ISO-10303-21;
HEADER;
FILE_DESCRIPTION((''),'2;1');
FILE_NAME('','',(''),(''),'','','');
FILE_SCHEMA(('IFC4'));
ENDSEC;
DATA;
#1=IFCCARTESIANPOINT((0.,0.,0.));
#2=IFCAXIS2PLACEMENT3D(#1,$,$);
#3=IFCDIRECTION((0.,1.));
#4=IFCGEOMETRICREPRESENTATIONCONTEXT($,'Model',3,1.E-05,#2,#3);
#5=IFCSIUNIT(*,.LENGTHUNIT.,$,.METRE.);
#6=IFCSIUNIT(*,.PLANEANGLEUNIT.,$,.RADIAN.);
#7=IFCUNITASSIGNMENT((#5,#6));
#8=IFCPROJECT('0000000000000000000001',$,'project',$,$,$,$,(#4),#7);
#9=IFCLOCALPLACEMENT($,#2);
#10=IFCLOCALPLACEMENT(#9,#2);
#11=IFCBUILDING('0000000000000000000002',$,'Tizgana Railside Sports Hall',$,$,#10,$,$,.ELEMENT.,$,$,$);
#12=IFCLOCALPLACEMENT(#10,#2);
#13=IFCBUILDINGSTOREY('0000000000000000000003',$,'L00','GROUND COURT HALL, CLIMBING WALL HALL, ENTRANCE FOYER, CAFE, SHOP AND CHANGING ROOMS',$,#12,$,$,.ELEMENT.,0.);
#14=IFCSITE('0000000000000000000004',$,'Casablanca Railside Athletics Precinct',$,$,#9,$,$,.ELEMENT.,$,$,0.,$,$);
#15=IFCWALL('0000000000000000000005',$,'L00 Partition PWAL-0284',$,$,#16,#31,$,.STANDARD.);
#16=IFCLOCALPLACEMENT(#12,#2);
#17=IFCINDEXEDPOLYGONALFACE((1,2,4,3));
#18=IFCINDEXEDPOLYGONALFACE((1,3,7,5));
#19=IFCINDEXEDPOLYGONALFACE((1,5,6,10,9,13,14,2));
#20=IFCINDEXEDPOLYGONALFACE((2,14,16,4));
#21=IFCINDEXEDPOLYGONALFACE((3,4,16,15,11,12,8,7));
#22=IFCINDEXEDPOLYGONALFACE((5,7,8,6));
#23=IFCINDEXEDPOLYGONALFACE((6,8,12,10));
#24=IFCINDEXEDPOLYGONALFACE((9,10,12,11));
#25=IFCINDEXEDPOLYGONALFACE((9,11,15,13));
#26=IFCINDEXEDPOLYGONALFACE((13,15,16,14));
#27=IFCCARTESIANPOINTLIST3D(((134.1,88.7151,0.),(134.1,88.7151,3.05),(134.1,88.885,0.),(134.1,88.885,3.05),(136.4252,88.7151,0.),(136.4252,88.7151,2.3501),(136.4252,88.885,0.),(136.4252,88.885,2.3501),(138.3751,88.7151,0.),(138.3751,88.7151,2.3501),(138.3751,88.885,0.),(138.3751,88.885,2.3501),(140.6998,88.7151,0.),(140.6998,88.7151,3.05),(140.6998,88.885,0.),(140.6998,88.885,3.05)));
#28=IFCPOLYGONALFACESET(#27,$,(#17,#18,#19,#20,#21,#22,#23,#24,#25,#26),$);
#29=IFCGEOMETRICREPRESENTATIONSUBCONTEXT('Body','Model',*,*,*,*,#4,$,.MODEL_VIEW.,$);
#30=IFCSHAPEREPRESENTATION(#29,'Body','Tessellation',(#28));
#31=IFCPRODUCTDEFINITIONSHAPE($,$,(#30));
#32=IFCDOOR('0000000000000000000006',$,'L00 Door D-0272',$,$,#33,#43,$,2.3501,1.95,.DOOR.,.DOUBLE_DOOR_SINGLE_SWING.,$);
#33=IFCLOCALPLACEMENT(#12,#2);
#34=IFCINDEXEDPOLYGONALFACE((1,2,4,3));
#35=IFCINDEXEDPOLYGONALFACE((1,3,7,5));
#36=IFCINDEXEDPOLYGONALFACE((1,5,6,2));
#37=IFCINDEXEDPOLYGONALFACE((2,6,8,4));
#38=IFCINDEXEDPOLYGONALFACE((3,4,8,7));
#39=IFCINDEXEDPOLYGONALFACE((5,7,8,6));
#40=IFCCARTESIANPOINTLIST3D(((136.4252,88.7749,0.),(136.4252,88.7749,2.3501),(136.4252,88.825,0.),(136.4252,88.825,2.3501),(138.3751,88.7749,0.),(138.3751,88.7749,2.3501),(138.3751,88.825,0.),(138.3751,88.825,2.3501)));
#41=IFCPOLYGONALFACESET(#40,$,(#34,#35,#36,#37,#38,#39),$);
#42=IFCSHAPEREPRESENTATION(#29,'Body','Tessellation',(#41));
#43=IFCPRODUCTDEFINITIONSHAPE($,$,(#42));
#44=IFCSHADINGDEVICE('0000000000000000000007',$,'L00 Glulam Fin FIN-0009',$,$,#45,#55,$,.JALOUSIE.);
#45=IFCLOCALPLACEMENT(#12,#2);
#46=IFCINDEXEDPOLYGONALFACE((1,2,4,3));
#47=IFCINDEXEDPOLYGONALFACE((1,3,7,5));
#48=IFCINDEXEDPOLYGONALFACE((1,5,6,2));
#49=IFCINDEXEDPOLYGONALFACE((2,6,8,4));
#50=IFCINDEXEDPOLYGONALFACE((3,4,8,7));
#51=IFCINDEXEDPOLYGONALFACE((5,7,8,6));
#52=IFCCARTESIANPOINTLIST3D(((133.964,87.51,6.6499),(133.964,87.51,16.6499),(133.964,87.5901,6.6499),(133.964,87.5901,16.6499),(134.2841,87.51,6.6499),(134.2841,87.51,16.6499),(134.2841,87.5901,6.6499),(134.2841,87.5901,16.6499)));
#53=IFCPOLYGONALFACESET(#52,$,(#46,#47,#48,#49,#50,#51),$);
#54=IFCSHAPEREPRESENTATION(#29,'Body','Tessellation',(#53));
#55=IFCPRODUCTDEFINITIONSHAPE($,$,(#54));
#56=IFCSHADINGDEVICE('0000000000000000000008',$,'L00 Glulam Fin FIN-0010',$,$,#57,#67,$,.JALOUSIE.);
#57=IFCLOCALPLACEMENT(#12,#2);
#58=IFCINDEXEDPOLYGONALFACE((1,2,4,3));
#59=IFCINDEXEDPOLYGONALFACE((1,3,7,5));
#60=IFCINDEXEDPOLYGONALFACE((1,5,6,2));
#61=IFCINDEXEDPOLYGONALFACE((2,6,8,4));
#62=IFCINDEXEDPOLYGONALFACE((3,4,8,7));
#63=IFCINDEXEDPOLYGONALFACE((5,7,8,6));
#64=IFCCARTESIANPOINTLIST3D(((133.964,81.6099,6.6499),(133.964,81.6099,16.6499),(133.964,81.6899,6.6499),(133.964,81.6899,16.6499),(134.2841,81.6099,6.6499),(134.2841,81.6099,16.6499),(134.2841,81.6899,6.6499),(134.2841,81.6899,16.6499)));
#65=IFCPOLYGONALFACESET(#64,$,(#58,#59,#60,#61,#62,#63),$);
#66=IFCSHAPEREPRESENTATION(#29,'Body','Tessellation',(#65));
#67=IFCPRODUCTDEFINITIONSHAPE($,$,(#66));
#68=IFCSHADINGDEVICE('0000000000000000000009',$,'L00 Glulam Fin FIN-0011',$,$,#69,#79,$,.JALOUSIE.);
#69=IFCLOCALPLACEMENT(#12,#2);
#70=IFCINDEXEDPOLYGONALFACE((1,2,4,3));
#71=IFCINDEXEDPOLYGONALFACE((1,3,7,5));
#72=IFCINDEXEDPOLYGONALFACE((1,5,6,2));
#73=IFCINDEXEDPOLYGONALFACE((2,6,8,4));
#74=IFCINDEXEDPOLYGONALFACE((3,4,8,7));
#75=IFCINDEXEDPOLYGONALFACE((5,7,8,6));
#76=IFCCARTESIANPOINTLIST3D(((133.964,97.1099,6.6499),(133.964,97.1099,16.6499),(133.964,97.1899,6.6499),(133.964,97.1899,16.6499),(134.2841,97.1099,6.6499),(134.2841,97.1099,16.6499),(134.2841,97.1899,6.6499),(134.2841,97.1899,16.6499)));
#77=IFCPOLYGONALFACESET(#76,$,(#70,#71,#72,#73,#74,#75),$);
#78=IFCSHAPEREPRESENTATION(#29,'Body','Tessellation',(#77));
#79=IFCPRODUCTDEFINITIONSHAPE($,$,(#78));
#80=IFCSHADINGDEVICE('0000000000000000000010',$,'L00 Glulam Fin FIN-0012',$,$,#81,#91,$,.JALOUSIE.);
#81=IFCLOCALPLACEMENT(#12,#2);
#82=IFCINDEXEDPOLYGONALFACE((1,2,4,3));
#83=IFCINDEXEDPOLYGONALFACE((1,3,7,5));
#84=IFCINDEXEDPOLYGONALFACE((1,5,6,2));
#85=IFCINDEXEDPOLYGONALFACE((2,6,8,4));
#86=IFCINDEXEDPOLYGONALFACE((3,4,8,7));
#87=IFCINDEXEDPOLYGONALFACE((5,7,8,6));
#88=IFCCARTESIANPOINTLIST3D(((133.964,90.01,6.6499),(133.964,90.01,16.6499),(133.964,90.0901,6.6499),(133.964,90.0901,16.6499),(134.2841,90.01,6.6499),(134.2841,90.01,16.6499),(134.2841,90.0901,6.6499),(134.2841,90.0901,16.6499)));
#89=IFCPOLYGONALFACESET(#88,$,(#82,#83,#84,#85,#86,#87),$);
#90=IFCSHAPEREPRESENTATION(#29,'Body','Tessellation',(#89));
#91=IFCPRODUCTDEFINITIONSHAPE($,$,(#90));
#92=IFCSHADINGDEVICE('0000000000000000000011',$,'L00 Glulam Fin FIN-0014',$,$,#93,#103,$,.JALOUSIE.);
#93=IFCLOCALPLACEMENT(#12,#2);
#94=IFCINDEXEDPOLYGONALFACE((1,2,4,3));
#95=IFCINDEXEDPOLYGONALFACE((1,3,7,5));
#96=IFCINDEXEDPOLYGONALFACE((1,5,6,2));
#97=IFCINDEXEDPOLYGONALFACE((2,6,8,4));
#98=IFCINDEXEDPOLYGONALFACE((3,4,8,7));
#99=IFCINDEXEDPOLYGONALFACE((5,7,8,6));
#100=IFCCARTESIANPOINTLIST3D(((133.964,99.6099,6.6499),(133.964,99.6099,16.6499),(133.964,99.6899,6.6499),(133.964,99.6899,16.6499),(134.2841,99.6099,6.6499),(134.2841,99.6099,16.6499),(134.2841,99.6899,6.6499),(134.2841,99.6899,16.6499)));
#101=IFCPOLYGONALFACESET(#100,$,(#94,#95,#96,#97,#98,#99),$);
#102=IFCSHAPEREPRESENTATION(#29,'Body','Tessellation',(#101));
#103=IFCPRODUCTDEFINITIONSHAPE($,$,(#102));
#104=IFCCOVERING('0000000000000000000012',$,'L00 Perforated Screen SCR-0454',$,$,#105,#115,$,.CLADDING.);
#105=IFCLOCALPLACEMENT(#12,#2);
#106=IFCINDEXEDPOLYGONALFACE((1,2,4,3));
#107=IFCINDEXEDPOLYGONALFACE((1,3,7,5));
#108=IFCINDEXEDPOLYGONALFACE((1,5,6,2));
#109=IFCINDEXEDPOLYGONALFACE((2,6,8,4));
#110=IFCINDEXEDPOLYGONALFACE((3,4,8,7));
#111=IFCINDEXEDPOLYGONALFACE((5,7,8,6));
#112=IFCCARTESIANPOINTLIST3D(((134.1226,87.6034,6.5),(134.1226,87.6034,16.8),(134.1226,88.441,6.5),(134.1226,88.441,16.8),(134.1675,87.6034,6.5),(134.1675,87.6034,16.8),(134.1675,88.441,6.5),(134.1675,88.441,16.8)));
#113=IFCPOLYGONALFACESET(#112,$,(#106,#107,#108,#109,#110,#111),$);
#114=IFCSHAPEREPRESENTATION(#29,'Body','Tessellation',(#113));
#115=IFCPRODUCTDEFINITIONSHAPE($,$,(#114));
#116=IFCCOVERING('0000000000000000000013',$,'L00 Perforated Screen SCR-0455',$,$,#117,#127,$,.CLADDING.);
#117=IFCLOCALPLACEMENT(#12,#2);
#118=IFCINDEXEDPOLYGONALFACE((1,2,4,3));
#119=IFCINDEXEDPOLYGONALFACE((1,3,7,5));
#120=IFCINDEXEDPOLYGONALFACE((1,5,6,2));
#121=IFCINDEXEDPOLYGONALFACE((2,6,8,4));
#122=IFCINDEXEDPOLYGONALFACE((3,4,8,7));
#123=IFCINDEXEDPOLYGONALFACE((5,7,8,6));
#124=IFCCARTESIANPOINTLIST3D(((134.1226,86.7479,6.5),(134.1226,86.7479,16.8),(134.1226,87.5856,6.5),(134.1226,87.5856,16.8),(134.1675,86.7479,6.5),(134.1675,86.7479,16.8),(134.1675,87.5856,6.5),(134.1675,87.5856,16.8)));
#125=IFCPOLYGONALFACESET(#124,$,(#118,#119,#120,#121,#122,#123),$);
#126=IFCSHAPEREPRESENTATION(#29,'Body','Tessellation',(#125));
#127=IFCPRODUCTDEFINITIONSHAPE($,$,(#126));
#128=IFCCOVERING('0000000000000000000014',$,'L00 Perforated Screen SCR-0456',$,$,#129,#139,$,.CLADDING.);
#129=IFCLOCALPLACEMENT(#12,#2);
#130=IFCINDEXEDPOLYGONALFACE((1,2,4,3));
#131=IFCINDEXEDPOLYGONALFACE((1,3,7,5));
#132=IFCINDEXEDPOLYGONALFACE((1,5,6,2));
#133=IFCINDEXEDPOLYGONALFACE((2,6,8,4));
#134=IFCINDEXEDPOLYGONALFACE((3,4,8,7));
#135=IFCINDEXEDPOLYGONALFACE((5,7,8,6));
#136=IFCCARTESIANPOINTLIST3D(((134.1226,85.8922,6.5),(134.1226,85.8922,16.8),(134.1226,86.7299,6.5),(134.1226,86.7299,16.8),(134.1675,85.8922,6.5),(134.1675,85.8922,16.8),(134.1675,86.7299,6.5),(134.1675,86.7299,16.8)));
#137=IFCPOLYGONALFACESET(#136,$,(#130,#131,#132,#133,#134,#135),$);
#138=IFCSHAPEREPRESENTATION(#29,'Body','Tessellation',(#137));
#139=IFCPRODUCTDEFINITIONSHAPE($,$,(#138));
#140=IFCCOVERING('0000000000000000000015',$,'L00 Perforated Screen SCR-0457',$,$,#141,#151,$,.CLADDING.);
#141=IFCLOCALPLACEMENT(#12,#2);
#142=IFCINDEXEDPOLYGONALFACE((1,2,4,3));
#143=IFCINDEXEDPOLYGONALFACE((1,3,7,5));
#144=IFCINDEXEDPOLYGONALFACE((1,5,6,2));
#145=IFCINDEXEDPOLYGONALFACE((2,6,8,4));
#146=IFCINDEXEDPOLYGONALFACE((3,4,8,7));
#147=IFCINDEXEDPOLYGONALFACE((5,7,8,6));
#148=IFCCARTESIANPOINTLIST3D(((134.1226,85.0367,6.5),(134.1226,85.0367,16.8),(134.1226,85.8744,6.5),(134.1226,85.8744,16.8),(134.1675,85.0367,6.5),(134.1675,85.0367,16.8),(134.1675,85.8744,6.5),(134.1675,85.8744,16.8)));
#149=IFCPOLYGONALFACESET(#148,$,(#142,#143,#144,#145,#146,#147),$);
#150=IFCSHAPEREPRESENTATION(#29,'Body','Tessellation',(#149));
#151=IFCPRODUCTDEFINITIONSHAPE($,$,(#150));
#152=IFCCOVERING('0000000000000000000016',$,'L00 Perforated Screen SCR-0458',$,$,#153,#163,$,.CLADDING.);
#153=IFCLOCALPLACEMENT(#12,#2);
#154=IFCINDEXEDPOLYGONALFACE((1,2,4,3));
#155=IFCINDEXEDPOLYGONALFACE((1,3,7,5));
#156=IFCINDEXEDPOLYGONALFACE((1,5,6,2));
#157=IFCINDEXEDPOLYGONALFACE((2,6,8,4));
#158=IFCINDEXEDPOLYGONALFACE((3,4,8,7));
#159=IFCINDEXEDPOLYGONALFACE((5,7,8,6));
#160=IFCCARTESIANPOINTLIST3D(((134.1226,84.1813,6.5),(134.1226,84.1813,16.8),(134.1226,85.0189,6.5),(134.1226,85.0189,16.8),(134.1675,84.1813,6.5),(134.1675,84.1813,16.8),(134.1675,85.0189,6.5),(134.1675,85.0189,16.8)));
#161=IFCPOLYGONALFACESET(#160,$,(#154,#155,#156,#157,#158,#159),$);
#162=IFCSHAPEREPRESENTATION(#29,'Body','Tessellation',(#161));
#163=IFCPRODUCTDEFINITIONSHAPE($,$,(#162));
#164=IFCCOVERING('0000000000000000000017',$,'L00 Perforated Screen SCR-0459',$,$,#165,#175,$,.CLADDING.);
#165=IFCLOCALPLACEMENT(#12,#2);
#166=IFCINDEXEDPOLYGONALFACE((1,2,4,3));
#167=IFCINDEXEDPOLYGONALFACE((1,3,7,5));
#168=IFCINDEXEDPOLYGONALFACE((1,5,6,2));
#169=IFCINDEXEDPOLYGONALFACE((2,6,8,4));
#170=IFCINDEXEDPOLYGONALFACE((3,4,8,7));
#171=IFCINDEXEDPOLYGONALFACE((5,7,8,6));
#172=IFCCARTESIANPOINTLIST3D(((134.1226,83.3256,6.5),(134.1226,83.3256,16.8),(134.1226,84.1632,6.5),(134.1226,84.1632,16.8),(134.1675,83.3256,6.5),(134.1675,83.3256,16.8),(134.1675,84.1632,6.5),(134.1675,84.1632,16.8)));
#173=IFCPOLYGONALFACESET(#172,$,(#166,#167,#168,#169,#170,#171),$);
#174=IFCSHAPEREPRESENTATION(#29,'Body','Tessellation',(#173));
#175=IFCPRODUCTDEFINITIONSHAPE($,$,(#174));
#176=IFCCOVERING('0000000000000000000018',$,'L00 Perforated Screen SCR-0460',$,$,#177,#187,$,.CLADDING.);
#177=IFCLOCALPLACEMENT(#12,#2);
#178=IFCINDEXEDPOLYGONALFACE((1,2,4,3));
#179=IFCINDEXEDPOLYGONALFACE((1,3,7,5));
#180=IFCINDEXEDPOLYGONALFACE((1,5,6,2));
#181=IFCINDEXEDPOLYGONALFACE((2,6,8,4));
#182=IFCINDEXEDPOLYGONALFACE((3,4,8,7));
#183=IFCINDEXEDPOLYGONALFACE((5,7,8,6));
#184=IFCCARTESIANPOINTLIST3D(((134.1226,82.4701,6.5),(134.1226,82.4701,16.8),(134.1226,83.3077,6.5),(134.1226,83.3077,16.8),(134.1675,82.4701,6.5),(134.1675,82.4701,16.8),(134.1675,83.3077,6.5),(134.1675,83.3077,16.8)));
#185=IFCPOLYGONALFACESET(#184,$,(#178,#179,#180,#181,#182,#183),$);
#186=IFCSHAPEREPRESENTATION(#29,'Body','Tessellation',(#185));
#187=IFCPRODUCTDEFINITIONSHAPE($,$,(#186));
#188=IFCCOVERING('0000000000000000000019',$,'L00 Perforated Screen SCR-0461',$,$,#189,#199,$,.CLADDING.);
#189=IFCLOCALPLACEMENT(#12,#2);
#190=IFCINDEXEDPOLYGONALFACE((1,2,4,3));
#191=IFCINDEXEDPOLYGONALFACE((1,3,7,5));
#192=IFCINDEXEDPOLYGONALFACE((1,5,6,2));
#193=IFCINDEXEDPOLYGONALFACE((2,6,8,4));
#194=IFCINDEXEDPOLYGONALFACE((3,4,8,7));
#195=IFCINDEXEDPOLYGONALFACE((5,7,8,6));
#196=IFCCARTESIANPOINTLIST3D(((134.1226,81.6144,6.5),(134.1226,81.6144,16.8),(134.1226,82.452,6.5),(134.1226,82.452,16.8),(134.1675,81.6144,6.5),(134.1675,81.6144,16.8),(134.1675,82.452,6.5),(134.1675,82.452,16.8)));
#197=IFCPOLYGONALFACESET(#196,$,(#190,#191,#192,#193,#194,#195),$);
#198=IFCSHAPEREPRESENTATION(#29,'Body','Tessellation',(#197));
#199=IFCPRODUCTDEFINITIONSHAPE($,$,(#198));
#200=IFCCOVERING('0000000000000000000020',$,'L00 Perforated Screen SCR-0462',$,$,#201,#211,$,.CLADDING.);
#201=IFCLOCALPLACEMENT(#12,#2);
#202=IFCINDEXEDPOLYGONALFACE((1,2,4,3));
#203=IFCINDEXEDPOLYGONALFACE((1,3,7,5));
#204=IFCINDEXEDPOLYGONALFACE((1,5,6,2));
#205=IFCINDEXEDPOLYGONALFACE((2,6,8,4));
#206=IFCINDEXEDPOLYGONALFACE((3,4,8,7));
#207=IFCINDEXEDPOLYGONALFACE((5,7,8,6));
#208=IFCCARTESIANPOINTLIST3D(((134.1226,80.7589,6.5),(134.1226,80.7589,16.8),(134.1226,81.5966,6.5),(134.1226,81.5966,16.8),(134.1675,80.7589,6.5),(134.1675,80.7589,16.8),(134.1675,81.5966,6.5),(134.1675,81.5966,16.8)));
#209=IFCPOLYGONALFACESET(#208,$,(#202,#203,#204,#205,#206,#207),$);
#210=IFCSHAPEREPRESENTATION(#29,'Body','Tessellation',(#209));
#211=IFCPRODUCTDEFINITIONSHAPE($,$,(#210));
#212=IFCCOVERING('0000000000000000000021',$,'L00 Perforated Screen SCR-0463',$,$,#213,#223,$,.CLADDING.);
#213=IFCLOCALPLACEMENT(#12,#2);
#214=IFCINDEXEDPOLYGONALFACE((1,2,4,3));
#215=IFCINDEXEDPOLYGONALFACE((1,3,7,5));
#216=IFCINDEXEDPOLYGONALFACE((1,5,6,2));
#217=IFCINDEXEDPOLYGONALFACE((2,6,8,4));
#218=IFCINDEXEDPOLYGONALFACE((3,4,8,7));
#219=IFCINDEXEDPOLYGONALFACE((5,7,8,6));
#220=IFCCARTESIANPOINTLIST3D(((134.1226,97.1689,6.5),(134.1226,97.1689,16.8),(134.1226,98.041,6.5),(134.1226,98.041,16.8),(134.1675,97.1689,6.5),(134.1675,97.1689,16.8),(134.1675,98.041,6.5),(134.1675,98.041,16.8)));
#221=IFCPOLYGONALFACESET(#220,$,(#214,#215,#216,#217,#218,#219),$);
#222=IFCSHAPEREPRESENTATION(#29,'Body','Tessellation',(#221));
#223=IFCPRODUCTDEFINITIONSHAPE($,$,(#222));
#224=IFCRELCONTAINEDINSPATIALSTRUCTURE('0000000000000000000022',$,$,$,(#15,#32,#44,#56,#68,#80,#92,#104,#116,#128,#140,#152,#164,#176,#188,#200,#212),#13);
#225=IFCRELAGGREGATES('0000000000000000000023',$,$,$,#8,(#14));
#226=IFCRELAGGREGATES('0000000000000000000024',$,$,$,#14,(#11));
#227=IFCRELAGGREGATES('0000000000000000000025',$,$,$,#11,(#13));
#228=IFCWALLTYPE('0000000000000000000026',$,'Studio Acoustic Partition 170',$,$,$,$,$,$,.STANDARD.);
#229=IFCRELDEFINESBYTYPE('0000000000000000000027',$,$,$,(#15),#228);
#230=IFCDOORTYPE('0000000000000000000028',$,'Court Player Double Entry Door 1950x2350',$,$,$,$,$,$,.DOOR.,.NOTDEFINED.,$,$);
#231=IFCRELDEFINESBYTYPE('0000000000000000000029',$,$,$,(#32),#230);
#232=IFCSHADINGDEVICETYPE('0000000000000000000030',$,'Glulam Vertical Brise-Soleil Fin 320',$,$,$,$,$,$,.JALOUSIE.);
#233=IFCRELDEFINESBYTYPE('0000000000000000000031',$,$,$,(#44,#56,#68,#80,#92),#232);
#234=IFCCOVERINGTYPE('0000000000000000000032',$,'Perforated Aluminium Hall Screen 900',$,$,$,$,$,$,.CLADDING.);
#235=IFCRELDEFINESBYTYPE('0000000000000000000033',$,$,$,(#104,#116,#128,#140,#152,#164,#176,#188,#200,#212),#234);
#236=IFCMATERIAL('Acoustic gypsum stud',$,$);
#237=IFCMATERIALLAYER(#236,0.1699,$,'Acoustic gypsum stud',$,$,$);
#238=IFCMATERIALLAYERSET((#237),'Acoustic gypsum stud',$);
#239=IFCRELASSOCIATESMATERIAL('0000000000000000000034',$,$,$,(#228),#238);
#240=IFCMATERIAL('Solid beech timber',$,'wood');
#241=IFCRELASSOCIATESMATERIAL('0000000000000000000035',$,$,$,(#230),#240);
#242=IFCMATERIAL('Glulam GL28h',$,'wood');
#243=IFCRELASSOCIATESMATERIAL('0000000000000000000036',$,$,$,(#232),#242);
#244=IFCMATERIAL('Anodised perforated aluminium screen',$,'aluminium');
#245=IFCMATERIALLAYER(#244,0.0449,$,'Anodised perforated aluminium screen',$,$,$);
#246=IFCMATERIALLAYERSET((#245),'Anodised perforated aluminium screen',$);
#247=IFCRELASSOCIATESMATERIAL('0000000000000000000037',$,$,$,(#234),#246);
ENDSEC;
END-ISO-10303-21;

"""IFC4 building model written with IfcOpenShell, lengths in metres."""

from ifc_helpers import new_model, si_unit, direction, frame, frame_2d, origin, origin_2d, place, context, subcontext, project, spatial, rectangle, extrude, material, layer, layer_set, type_object, element, fill, save


model = new_model("IFC4")

# Units and contexts
model_context = context("Model", 3, precision=1e-05, world=origin(), true_north=direction((0.0, 1.0)))
body_context = subcontext(model_context, "Body", "Model", "MODEL_VIEW")
ifc_project = project(units=[si_unit("LENGTHUNIT", "METRE"), si_unit("PLANEANGLEUNIT", "RADIAN")], contexts=[model_context])

# Site, building, storey
site_placement = place(None, origin())
site = spatial("IfcSite", under=ifc_project, at=site_placement, Name="Casablanca Railside Athletics Precinct", CompositionType="ELEMENT", RefElevation=0.0)
building_placement = place(site_placement, origin())
building = spatial("IfcBuilding", under=site, at=building_placement, Name="Tizgana Railside Sports Hall", CompositionType="ELEMENT")
storey_placement = place(building_placement, origin())
storey = spatial("IfcBuildingStorey", under=building, at=storey_placement, Name="L00", Description="GROUND COURT HALL, CLIMBING WALL HALL, ENTRANCE FOYER, CAFE, SHOP AND CHANGING ROOMS", CompositionType="ELEMENT", Elevation=0.0)

# Wall, opening, door
ifc_material_1 = material(Name="Acoustic gypsum stud")
ifc_layer_1 = layer(ifc_material_1, 0.1699, Name="Acoustic gypsum stud")
ifc_layer_set_1 = layer_set([ifc_layer_1], Name="Acoustic gypsum stud")
wall_type = type_object("IfcWallType", Name="Studio Acoustic Partition 170", PredefinedType="STANDARD", material=ifc_layer_set_1)
wall_placement = place(storey_placement, frame((134.1001, 88.8, 0.0), z_axis=(0.0, 0.0, 1.0), x_axis=(1.0, 0.0, 0.0)))
wall = element("IfcWall", 1, at=wall_placement, inside=storey, type_object=wall_type, Name="L00 Partition PWAL-0284", PredefinedType="STANDARD", context=body_context, shape_type="SweptSolid", body=[
    extrude(rectangle(XDim=6.5999, YDim=0.1699, at=frame_2d((3.2998, 0.0))), origin(), (0.0, 0.0, 1.0), 3.05),
])
opening_placement = place(wall_placement, frame((2.325, 0.0, 0.0)))
opening = element("IfcOpeningElement", 2, at=opening_placement, cuts=wall, PredefinedType="OPENING", context=body_context, shape_type="SweptSolid", body=[
    extrude(rectangle(XDim=1.95, YDim=2.3501, at=frame_2d((0.9751, 1.175))), frame((0.0, 0.095, 0.0), z_axis=(0.0, -1.0, 0.0), x_axis=(1.0, 0.0, 0.0)), (0.0, 0.0, 1.0), 0.1899),
])
ifc_material_2 = material(Name="Solid beech timber", Category="wood")
door_type = type_object("IfcDoorType", Name="Court Player Double Entry Door 1950x2350", OperationType="NOTDEFINED", PredefinedType="DOOR", material=ifc_material_2)
door_placement = place(opening_placement, origin())
door = element("IfcDoor", 3, at=door_placement, inside=storey, type_object=door_type, Name="L00 Door D-0272", OperationType="DOUBLE_DOOR_SINGLE_SWING", OverallHeight=2.3501, OverallWidth=1.95, PredefinedType="DOOR", context=body_context, shape_type="SweptSolid", body=[
    extrude(rectangle(XDim=1.95, YDim=2.3501, at=frame_2d((0.9751, 1.175))), frame((0.0, 0.0249, 0.0), z_axis=(0.0, -1.0, 0.0), x_axis=(1.0, 0.0, 0.0)), (0.0, 0.0, 1.0), 0.05),
])
fill(opening, door)

# Shading devices
ifc_material_3 = material(Name="Glulam GL28h", Category="wood")
shading_device_type = type_object("IfcShadingDeviceType", Name="Glulam Vertical Brise-Soleil Fin 320", PredefinedType="JALOUSIE", material=ifc_material_3)
for number, where, z_axis, x_axis, name in (
    (4, (134.124, 87.55, 6.6499), (0.0, 0.0, 1.0), (0.0, -1.0, 0.0), "L00 Glulam Fin FIN-0009"),
    (5, (134.124, 81.6499, 6.6499), (0.0, 0.0, 1.0), (0.0, -1.0, 0.0), "L00 Glulam Fin FIN-0010"),
    (6, (134.124, 97.1499, 6.6499), (0.0, 0.0, 1.0), (0.0, -1.0, 0.0), "L00 Glulam Fin FIN-0011"),
    (7, (134.124, 90.05, 6.6499), (0.0, 0.0, 1.0), (0.0, -1.0, 0.0), "L00 Glulam Fin FIN-0012"),
    (8, (134.124, 99.6499, 6.6499), (0.0, 0.0, 1.0), (0.0, -1.0, 0.0), "L00 Glulam Fin FIN-0014"),
):
    element("IfcShadingDevice", number, at=place(storey_placement, frame(where, z_axis=z_axis, x_axis=x_axis)), inside=storey, type_object=shading_device_type, Name=name, PredefinedType="JALOUSIE", context=body_context, shape_type="SweptSolid", body=[
        extrude(rectangle(XDim=0.0801, YDim=0.3201, at=origin_2d()), origin(), (0.0, 0.0, 1.0), 10.0),
    ])

# Coverings
ifc_material_4 = material(Name="Anodised perforated aluminium screen", Category="aluminium")
ifc_layer_2 = layer(ifc_material_4, 0.0449, Name="Anodised perforated aluminium screen")
ifc_layer_set_2 = layer_set([ifc_layer_2], Name="Anodised perforated aluminium screen")
covering_type = type_object("IfcCoveringType", Name="Perforated Aluminium Hall Screen 900", PredefinedType="CLADDING", material=ifc_layer_set_2)
for number, where, z_axis, x_axis, name in (
    (9, (134.145, 88.0222, 6.5), (0.0, 0.0, 1.0), (0.0, -1.0, 0.0), "L00 Perforated Screen SCR-0454"),
    (10, (134.145, 87.1667, 6.5), (0.0, 0.0, 1.0), (0.0, -1.0, 0.0), "L00 Perforated Screen SCR-0455"),
    (11, (134.145, 86.311, 6.5), (0.0, 0.0, 1.0), (0.0, -1.0, 0.0), "L00 Perforated Screen SCR-0456"),
    (12, (134.145, 85.4556, 6.5), (0.0, 0.0, 1.0), (0.0, -1.0, 0.0), "L00 Perforated Screen SCR-0457"),
    (13, (134.145, 84.6001, 6.5), (0.0, 0.0, 1.0), (0.0, -1.0, 0.0), "L00 Perforated Screen SCR-0458"),
    (14, (134.145, 83.7444, 6.5), (0.0, 0.0, 1.0), (0.0, -1.0, 0.0), "L00 Perforated Screen SCR-0459"),
    (15, (134.145, 82.8889, 6.5), (0.0, 0.0, 1.0), (0.0, -1.0, 0.0), "L00 Perforated Screen SCR-0460"),
    (16, (134.145, 82.0332, 6.5), (0.0, 0.0, 1.0), (0.0, -1.0, 0.0), "L00 Perforated Screen SCR-0461"),
    (17, (134.145, 81.1777, 6.5), (0.0, 0.0, 1.0), (0.0, -1.0, 0.0), "L00 Perforated Screen SCR-0462"),
):
    element("IfcCovering", number, at=place(storey_placement, frame(where, z_axis=z_axis, x_axis=x_axis)), inside=storey, type_object=covering_type, Name=name, PredefinedType="CLADDING", context=body_context, shape_type="SweptSolid", body=[
        extrude(rectangle(XDim=0.8376, YDim=0.0449, at=origin_2d()), origin(), (0.0, 0.0, 1.0), 10.3),
    ])
for number, where, z_axis, x_axis, name in (
    (18, (134.145, 97.605, 6.5), (0.0, 0.0, 1.0), (0.0, -1.0, 0.0), "L00 Perforated Screen SCR-0463"),
):
    element("IfcCovering", number, at=place(storey_placement, frame(where, z_axis=z_axis, x_axis=x_axis)), inside=storey, type_object=covering_type, Name=name, PredefinedType="CLADDING", context=body_context, shape_type="SweptSolid", body=[
        extrude(rectangle(XDim=0.8721, YDim=0.0449, at=origin_2d()), origin(), (0.0, 0.0, 1.0), 10.3),
    ])

save(model, "model.ifc")
